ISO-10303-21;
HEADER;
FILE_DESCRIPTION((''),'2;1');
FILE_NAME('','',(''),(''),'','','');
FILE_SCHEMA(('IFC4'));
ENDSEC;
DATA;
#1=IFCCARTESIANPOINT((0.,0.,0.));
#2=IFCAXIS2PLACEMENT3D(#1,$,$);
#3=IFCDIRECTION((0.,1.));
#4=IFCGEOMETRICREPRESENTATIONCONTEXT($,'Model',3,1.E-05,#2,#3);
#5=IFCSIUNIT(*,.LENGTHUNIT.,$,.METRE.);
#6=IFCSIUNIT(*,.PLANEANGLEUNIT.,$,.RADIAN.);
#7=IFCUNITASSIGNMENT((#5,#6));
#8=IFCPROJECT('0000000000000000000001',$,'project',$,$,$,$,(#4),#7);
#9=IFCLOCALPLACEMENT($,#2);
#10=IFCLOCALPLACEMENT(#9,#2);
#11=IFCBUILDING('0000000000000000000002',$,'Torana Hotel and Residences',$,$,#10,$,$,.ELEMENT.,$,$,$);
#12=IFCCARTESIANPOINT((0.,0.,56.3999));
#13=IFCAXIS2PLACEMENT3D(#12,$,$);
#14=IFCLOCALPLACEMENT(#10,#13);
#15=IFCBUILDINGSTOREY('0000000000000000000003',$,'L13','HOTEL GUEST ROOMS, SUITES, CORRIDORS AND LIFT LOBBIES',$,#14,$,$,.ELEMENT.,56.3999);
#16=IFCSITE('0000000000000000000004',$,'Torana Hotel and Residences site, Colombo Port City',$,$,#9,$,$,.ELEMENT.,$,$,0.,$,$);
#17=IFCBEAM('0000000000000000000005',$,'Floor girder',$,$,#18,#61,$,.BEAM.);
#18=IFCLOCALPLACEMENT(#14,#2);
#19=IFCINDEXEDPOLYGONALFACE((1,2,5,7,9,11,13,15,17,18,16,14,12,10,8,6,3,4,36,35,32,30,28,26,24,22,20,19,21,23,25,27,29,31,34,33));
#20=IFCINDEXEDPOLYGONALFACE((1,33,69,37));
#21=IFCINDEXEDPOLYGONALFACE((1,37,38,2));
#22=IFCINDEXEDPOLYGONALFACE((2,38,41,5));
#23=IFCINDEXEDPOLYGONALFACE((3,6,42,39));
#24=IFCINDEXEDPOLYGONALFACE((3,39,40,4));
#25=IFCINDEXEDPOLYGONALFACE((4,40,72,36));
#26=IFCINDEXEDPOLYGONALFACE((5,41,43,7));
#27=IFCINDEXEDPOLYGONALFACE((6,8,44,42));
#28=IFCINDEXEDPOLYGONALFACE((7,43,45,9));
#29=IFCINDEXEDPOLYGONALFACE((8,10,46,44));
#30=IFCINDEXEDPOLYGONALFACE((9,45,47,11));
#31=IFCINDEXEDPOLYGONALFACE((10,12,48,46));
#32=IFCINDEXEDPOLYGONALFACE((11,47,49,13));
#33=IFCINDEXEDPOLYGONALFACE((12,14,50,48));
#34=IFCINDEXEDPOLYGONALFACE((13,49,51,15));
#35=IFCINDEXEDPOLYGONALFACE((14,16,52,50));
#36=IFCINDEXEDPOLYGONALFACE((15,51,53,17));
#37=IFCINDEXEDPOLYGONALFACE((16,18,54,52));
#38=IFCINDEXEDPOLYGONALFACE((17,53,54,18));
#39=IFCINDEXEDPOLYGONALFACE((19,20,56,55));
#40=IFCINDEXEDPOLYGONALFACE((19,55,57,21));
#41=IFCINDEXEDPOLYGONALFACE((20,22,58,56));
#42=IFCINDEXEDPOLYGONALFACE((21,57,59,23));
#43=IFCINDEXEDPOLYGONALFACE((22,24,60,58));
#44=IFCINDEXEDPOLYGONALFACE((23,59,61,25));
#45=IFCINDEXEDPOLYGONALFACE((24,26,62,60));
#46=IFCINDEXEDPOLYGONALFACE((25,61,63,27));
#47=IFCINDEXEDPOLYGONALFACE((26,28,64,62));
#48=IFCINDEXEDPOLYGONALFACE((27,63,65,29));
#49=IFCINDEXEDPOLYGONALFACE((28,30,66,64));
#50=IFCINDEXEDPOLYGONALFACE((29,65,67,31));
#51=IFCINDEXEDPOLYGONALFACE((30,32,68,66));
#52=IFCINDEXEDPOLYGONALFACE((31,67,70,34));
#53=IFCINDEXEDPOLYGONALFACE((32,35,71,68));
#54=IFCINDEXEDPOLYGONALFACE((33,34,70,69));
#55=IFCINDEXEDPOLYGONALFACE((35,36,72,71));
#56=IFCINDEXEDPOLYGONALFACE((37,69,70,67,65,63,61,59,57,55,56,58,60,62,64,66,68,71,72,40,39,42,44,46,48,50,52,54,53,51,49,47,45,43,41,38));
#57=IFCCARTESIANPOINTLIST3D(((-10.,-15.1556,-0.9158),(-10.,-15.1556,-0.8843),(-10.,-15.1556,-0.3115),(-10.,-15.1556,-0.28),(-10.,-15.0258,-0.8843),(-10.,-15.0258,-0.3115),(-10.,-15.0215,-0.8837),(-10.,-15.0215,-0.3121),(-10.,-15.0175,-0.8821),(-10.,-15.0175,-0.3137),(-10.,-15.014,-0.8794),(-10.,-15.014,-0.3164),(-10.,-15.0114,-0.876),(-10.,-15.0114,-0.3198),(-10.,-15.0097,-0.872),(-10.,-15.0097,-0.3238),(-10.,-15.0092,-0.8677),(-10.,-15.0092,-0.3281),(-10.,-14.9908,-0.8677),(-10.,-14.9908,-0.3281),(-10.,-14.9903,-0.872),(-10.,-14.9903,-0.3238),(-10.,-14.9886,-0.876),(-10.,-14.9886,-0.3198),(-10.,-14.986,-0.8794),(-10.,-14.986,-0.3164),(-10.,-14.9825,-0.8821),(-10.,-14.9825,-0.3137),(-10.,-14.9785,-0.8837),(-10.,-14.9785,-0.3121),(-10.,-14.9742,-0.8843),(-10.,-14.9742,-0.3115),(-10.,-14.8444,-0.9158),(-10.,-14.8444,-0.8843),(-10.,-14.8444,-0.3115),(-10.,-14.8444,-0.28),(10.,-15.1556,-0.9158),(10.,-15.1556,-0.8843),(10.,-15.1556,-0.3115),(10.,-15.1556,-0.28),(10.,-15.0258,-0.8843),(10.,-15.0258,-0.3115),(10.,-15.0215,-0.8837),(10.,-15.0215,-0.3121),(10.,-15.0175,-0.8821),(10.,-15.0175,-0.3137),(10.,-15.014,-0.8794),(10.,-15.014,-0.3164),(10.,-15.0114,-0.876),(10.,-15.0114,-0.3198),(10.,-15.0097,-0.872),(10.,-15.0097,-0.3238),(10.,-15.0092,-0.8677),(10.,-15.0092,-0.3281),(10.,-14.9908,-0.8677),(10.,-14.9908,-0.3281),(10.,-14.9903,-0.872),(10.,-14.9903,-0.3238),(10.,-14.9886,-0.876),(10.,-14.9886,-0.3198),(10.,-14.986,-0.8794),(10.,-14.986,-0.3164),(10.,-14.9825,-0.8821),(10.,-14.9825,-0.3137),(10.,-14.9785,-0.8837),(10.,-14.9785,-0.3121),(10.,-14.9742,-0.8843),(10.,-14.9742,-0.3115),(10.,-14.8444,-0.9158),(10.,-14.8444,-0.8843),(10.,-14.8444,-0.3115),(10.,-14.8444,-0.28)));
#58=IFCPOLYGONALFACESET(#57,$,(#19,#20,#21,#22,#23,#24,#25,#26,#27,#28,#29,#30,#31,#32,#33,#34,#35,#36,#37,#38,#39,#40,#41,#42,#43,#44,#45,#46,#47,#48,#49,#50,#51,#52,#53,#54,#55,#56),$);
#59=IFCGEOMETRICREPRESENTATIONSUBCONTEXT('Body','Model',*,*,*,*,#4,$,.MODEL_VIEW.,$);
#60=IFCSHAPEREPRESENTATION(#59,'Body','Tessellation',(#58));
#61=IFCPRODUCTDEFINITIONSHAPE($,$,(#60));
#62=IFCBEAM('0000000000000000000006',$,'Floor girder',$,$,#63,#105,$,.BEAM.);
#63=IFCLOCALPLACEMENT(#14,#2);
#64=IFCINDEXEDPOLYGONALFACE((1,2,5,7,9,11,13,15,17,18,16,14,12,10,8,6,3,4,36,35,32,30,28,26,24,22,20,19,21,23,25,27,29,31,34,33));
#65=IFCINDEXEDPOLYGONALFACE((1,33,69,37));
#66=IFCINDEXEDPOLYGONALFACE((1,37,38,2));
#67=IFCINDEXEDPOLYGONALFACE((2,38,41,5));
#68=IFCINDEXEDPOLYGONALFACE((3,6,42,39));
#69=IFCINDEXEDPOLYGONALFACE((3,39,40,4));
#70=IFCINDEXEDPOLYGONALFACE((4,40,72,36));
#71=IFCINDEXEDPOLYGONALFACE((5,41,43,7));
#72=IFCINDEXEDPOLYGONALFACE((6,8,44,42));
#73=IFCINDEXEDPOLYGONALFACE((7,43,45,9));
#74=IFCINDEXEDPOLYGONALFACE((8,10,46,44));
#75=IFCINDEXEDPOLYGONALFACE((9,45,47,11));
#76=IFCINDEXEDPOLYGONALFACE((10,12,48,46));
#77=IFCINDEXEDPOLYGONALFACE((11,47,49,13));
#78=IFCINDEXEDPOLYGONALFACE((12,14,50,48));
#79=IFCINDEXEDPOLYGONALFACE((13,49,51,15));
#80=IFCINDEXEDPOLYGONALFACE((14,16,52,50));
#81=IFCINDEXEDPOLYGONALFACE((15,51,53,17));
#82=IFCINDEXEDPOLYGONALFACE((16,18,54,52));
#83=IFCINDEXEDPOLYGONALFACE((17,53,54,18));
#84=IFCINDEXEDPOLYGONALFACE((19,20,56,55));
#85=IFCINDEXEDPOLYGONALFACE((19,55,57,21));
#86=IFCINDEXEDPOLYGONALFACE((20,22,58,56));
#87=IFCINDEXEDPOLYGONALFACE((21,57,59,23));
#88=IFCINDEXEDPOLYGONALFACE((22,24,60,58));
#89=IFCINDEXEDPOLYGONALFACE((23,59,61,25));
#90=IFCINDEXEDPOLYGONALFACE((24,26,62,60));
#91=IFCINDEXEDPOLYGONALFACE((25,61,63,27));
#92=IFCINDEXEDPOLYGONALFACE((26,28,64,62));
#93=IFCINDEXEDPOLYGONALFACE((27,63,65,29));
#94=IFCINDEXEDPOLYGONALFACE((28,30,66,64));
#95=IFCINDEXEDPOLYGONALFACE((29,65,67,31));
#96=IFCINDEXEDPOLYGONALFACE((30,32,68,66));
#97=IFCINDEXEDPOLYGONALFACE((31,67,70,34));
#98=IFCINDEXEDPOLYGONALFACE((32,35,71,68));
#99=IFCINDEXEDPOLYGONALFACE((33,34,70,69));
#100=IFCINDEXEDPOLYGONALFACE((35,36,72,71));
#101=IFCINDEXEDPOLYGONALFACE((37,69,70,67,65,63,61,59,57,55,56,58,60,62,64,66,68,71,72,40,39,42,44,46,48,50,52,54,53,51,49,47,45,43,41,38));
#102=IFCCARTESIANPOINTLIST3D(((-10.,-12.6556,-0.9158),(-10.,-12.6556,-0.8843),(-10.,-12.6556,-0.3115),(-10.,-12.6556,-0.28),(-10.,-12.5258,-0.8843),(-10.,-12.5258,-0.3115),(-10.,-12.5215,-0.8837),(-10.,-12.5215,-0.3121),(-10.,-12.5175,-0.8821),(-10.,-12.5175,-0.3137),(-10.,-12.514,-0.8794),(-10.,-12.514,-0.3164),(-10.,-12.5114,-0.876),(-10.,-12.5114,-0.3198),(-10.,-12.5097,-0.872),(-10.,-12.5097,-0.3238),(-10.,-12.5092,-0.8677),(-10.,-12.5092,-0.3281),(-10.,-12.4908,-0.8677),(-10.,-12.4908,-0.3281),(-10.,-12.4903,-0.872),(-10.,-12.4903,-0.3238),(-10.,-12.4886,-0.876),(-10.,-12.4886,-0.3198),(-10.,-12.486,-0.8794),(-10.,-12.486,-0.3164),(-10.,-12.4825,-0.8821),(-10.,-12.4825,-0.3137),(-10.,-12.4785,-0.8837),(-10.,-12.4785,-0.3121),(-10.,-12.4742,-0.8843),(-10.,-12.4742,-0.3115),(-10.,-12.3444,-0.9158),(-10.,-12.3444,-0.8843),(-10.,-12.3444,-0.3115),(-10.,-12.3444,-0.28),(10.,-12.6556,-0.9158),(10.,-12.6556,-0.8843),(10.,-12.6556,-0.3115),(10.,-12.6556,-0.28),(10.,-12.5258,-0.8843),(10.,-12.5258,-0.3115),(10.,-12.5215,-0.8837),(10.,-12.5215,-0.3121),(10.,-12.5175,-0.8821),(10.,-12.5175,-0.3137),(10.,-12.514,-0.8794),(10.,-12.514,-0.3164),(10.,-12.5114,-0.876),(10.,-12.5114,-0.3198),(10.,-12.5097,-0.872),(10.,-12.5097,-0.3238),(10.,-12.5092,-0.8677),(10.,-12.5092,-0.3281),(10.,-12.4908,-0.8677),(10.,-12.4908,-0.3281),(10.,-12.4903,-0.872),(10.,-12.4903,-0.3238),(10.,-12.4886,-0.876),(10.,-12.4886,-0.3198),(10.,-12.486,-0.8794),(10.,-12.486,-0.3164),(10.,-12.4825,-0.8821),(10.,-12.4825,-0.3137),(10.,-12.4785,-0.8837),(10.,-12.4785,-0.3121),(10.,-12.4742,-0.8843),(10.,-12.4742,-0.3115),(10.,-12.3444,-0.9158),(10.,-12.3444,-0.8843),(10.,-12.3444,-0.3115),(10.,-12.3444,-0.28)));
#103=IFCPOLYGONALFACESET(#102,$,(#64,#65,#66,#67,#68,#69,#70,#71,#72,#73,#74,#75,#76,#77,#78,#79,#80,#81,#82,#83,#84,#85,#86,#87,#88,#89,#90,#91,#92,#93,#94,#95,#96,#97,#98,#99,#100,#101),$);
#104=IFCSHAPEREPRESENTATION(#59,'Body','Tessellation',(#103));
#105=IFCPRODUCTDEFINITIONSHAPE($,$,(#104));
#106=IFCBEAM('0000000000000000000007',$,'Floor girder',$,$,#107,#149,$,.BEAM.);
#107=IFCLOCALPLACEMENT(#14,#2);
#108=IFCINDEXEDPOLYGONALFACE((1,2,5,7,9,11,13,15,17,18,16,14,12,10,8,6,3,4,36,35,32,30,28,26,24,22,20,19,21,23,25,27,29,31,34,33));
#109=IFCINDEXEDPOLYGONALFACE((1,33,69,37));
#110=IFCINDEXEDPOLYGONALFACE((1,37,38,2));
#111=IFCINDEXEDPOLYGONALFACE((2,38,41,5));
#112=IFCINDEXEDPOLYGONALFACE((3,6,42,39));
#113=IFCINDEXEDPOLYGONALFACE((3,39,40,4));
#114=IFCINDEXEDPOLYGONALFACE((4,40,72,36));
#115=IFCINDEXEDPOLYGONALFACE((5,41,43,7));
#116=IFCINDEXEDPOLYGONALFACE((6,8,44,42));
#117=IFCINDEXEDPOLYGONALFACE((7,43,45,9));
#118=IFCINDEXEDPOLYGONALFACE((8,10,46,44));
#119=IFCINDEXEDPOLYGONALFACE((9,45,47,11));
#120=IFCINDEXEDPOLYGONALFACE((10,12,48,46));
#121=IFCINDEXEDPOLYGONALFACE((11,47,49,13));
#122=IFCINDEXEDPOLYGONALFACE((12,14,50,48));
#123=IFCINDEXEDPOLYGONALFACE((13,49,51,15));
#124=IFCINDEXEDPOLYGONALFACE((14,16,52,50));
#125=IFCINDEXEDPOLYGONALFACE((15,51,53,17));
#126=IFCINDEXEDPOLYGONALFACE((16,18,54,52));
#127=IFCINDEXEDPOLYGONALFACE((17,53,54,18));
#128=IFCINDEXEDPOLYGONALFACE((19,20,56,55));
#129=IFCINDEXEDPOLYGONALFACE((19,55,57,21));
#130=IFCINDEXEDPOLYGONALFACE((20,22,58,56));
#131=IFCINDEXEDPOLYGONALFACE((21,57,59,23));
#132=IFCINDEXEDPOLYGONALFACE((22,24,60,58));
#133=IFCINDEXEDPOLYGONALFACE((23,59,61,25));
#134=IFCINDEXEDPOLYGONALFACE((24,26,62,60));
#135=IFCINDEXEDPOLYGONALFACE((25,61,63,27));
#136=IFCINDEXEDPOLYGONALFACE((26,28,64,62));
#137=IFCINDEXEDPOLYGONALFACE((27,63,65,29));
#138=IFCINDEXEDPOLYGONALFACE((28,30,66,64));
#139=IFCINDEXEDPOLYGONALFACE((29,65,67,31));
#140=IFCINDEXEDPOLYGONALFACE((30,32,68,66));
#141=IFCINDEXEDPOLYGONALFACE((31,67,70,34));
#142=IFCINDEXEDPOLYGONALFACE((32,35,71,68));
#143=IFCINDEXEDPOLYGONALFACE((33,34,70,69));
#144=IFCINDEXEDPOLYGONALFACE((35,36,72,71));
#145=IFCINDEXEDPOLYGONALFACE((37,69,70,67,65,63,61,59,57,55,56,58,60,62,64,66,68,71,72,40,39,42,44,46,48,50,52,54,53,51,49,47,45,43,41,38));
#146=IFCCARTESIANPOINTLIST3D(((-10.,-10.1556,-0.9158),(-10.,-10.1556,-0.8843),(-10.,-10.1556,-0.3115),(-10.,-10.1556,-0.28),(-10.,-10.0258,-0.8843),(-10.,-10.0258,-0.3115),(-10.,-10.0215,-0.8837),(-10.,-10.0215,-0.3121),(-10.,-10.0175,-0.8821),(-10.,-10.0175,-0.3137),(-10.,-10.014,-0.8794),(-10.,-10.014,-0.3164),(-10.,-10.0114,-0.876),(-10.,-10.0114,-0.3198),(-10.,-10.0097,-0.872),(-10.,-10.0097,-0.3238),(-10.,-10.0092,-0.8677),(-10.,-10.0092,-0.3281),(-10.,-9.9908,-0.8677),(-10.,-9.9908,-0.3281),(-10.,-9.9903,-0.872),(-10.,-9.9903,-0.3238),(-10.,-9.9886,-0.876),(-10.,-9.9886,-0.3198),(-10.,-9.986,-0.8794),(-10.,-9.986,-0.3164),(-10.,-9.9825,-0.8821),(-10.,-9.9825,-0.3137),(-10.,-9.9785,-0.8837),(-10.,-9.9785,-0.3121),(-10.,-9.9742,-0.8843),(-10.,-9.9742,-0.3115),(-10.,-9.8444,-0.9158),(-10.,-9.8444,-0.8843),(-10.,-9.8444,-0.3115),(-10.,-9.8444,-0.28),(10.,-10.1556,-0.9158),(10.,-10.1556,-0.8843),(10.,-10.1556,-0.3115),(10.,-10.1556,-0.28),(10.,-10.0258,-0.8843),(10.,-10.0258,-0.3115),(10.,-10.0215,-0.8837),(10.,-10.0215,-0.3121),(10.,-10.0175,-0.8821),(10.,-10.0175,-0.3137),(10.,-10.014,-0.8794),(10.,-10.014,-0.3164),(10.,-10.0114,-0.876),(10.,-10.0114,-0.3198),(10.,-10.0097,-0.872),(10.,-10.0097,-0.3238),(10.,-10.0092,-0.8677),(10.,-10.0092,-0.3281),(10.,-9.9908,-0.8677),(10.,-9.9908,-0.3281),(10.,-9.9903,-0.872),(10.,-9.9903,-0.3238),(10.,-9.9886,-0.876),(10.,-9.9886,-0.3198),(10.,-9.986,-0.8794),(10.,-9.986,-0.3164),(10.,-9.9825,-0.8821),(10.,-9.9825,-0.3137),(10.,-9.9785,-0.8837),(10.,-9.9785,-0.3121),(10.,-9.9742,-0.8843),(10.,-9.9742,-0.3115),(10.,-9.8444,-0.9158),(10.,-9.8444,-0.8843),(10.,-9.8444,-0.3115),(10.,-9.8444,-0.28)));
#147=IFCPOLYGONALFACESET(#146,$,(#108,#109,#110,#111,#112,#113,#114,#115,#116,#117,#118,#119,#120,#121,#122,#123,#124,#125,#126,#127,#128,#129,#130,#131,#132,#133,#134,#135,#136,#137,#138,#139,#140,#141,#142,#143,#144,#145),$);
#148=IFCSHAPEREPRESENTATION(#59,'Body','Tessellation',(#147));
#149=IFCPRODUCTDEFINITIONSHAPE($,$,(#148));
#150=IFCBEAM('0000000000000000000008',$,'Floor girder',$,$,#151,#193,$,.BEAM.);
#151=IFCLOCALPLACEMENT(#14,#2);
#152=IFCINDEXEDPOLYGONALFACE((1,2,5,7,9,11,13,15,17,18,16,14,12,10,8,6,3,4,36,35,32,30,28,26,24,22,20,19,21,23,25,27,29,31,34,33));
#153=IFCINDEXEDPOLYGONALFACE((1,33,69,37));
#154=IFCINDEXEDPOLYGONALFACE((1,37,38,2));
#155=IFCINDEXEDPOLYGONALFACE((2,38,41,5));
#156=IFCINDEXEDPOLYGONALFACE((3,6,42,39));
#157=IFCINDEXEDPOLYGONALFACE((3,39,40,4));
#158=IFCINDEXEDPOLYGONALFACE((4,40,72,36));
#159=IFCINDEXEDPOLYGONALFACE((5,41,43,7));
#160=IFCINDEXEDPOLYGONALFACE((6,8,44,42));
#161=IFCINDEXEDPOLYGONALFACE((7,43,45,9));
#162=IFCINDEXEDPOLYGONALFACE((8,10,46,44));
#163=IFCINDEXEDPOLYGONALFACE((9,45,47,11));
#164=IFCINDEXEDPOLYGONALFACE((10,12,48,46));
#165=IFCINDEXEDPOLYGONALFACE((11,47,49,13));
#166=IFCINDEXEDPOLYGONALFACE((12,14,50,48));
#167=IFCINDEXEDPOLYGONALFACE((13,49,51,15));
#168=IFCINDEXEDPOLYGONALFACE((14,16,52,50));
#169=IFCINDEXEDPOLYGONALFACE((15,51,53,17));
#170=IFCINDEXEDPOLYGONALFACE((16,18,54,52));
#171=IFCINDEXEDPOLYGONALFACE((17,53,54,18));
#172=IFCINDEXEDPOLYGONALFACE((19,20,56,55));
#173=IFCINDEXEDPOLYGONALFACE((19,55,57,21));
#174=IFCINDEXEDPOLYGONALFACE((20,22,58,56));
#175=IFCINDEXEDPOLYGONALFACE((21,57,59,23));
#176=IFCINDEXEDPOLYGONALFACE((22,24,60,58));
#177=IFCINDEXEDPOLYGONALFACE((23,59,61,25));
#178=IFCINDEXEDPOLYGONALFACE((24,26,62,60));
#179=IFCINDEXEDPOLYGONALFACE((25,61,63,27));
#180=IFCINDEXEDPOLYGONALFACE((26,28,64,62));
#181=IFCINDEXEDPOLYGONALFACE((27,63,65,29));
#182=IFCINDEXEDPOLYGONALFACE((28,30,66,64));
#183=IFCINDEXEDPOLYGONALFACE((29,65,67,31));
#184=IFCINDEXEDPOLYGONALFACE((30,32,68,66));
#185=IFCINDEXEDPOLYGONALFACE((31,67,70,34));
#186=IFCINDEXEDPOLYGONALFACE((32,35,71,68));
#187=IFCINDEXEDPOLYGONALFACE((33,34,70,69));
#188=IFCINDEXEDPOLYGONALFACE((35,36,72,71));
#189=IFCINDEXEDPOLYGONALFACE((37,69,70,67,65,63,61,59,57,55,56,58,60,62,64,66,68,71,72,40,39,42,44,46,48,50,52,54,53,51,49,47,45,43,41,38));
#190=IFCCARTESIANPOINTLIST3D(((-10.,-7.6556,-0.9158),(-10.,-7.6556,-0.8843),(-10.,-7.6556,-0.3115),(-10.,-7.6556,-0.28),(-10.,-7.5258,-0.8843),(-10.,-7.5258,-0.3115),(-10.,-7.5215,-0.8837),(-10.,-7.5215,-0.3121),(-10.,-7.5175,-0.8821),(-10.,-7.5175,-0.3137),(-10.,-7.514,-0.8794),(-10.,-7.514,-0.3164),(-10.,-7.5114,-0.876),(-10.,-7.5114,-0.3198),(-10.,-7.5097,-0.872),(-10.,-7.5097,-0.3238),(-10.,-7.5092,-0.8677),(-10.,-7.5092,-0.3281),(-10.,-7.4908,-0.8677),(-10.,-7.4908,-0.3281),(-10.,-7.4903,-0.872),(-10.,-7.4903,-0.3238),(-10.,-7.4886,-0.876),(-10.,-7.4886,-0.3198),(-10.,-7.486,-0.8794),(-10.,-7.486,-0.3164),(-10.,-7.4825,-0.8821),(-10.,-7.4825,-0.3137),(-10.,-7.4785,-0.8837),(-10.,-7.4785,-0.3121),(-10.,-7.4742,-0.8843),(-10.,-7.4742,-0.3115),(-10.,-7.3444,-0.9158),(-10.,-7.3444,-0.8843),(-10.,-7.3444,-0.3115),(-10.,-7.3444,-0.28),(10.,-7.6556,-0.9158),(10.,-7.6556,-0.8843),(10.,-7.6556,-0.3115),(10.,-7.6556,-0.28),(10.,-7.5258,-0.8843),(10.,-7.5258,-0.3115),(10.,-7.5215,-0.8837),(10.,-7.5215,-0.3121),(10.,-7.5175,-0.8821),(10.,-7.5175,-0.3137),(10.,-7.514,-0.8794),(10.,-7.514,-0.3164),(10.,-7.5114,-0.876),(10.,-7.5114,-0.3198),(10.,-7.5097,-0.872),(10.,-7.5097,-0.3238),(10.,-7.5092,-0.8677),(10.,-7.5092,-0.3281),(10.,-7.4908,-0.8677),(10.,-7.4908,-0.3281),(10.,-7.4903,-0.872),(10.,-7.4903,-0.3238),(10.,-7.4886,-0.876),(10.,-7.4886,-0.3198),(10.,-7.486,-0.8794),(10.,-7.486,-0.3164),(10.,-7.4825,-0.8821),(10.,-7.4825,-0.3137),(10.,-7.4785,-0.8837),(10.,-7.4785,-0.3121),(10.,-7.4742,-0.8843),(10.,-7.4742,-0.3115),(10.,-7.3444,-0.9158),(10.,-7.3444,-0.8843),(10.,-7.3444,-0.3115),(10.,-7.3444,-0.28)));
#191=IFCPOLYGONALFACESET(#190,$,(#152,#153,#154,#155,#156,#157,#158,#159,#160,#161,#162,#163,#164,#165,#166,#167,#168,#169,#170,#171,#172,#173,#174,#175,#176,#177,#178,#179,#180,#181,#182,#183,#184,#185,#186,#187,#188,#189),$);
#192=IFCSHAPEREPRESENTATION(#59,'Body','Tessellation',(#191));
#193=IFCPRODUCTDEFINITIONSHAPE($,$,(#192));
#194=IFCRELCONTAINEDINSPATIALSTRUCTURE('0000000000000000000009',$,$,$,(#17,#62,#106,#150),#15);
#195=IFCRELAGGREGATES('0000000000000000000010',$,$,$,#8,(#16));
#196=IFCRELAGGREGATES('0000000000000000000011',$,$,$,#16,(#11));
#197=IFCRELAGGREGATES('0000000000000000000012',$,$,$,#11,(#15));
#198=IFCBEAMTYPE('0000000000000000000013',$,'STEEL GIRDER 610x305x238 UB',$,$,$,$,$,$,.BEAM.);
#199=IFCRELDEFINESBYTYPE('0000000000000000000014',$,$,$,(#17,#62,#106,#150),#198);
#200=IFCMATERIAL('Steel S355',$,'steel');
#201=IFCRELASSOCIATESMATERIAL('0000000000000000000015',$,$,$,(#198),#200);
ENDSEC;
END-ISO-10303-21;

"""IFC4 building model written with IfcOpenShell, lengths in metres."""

from ifc_helpers import new_model, si_unit, direction, frame, origin, origin_2d, place, context, subcontext, project, spatial, i_section, extrude, material, material_profile, profile_set, type_object, element, save


model = new_model("IFC4")

# Units and contexts
model_context = context("Model", 3, precision=1e-05, world=origin(), true_north=direction((0.0, 1.0)))
body_context = subcontext(model_context, "Body", "Model", "MODEL_VIEW")
ifc_project = project(units=[si_unit("LENGTHUNIT", "METRE"), si_unit("PLANEANGLEUNIT", "RADIAN")], contexts=[model_context])

# Site, building, storey
site_placement = place(None, origin())
site = spatial("IfcSite", under=ifc_project, at=site_placement, Name="Torana Hotel and Residences site, Colombo Port City", CompositionType="ELEMENT", RefElevation=0.0)
building_placement = place(site_placement, origin())
building = spatial("IfcBuilding", under=site, at=building_placement, Name="Torana Hotel and Residences", CompositionType="ELEMENT")
storey_placement = place(building_placement, frame((0.0, 0.0, 56.3999)))
storey = spatial("IfcBuildingStorey", under=building, at=storey_placement, Name="L13", Description="HOTEL GUEST ROOMS, SUITES, CORRIDORS AND LIFT LOBBIES", CompositionType="ELEMENT", Elevation=56.3999)

# Beams
ifc_material_1 = material(Name="Steel S355", Category="steel")
ifc_material_profile = material_profile(ifc_material_1, i_section(OverallWidth=0.3113, OverallDepth=0.6357, WebThickness=0.0183, FlangeThickness=0.0315, FilletRadius=0.0166, at=origin_2d()), Name="610x305x238 UB")
ifc_profile_set = profile_set([ifc_material_profile], Name="Steel S355")
beam_type = type_object("IfcBeamType", Name="STEEL GIRDER 610x305x238 UB", PredefinedType="BEAM", material=ifc_profile_set)
for number, where, z_axis, x_axis, name in (
    (1, (-10.0, -15.0, -0.5979), (1.0, 0.0, 0.0), (0.0, 1.0, 0.0), "Floor girder"),
    (2, (-10.0, -12.5, -0.5979), (1.0, 0.0, 0.0), (0.0, 1.0, 0.0), "Floor girder"),
    (3, (-10.0, -10.0, -0.5979), (1.0, 0.0, 0.0), (0.0, 1.0, 0.0), "Floor girder"),
    (4, (-10.0, -7.5, -0.5979), (1.0, 0.0, 0.0), (0.0, 1.0, 0.0), "Floor girder"),
):
    element("IfcBeam", number, at=place(storey_placement, frame(where, z_axis=z_axis, x_axis=x_axis)), inside=storey, type_object=beam_type, Name=name, PredefinedType="BEAM", context=body_context, shape_type="SweptSolid", body=[
        extrude(i_section(OverallWidth=0.3113, OverallDepth=0.6357, WebThickness=0.0183, FlangeThickness=0.0315, FilletRadius=0.0166, at=origin_2d()), origin(), (0.0, 0.0, 1.0), 20.0),
    ])

save(model, "model.ifc")
